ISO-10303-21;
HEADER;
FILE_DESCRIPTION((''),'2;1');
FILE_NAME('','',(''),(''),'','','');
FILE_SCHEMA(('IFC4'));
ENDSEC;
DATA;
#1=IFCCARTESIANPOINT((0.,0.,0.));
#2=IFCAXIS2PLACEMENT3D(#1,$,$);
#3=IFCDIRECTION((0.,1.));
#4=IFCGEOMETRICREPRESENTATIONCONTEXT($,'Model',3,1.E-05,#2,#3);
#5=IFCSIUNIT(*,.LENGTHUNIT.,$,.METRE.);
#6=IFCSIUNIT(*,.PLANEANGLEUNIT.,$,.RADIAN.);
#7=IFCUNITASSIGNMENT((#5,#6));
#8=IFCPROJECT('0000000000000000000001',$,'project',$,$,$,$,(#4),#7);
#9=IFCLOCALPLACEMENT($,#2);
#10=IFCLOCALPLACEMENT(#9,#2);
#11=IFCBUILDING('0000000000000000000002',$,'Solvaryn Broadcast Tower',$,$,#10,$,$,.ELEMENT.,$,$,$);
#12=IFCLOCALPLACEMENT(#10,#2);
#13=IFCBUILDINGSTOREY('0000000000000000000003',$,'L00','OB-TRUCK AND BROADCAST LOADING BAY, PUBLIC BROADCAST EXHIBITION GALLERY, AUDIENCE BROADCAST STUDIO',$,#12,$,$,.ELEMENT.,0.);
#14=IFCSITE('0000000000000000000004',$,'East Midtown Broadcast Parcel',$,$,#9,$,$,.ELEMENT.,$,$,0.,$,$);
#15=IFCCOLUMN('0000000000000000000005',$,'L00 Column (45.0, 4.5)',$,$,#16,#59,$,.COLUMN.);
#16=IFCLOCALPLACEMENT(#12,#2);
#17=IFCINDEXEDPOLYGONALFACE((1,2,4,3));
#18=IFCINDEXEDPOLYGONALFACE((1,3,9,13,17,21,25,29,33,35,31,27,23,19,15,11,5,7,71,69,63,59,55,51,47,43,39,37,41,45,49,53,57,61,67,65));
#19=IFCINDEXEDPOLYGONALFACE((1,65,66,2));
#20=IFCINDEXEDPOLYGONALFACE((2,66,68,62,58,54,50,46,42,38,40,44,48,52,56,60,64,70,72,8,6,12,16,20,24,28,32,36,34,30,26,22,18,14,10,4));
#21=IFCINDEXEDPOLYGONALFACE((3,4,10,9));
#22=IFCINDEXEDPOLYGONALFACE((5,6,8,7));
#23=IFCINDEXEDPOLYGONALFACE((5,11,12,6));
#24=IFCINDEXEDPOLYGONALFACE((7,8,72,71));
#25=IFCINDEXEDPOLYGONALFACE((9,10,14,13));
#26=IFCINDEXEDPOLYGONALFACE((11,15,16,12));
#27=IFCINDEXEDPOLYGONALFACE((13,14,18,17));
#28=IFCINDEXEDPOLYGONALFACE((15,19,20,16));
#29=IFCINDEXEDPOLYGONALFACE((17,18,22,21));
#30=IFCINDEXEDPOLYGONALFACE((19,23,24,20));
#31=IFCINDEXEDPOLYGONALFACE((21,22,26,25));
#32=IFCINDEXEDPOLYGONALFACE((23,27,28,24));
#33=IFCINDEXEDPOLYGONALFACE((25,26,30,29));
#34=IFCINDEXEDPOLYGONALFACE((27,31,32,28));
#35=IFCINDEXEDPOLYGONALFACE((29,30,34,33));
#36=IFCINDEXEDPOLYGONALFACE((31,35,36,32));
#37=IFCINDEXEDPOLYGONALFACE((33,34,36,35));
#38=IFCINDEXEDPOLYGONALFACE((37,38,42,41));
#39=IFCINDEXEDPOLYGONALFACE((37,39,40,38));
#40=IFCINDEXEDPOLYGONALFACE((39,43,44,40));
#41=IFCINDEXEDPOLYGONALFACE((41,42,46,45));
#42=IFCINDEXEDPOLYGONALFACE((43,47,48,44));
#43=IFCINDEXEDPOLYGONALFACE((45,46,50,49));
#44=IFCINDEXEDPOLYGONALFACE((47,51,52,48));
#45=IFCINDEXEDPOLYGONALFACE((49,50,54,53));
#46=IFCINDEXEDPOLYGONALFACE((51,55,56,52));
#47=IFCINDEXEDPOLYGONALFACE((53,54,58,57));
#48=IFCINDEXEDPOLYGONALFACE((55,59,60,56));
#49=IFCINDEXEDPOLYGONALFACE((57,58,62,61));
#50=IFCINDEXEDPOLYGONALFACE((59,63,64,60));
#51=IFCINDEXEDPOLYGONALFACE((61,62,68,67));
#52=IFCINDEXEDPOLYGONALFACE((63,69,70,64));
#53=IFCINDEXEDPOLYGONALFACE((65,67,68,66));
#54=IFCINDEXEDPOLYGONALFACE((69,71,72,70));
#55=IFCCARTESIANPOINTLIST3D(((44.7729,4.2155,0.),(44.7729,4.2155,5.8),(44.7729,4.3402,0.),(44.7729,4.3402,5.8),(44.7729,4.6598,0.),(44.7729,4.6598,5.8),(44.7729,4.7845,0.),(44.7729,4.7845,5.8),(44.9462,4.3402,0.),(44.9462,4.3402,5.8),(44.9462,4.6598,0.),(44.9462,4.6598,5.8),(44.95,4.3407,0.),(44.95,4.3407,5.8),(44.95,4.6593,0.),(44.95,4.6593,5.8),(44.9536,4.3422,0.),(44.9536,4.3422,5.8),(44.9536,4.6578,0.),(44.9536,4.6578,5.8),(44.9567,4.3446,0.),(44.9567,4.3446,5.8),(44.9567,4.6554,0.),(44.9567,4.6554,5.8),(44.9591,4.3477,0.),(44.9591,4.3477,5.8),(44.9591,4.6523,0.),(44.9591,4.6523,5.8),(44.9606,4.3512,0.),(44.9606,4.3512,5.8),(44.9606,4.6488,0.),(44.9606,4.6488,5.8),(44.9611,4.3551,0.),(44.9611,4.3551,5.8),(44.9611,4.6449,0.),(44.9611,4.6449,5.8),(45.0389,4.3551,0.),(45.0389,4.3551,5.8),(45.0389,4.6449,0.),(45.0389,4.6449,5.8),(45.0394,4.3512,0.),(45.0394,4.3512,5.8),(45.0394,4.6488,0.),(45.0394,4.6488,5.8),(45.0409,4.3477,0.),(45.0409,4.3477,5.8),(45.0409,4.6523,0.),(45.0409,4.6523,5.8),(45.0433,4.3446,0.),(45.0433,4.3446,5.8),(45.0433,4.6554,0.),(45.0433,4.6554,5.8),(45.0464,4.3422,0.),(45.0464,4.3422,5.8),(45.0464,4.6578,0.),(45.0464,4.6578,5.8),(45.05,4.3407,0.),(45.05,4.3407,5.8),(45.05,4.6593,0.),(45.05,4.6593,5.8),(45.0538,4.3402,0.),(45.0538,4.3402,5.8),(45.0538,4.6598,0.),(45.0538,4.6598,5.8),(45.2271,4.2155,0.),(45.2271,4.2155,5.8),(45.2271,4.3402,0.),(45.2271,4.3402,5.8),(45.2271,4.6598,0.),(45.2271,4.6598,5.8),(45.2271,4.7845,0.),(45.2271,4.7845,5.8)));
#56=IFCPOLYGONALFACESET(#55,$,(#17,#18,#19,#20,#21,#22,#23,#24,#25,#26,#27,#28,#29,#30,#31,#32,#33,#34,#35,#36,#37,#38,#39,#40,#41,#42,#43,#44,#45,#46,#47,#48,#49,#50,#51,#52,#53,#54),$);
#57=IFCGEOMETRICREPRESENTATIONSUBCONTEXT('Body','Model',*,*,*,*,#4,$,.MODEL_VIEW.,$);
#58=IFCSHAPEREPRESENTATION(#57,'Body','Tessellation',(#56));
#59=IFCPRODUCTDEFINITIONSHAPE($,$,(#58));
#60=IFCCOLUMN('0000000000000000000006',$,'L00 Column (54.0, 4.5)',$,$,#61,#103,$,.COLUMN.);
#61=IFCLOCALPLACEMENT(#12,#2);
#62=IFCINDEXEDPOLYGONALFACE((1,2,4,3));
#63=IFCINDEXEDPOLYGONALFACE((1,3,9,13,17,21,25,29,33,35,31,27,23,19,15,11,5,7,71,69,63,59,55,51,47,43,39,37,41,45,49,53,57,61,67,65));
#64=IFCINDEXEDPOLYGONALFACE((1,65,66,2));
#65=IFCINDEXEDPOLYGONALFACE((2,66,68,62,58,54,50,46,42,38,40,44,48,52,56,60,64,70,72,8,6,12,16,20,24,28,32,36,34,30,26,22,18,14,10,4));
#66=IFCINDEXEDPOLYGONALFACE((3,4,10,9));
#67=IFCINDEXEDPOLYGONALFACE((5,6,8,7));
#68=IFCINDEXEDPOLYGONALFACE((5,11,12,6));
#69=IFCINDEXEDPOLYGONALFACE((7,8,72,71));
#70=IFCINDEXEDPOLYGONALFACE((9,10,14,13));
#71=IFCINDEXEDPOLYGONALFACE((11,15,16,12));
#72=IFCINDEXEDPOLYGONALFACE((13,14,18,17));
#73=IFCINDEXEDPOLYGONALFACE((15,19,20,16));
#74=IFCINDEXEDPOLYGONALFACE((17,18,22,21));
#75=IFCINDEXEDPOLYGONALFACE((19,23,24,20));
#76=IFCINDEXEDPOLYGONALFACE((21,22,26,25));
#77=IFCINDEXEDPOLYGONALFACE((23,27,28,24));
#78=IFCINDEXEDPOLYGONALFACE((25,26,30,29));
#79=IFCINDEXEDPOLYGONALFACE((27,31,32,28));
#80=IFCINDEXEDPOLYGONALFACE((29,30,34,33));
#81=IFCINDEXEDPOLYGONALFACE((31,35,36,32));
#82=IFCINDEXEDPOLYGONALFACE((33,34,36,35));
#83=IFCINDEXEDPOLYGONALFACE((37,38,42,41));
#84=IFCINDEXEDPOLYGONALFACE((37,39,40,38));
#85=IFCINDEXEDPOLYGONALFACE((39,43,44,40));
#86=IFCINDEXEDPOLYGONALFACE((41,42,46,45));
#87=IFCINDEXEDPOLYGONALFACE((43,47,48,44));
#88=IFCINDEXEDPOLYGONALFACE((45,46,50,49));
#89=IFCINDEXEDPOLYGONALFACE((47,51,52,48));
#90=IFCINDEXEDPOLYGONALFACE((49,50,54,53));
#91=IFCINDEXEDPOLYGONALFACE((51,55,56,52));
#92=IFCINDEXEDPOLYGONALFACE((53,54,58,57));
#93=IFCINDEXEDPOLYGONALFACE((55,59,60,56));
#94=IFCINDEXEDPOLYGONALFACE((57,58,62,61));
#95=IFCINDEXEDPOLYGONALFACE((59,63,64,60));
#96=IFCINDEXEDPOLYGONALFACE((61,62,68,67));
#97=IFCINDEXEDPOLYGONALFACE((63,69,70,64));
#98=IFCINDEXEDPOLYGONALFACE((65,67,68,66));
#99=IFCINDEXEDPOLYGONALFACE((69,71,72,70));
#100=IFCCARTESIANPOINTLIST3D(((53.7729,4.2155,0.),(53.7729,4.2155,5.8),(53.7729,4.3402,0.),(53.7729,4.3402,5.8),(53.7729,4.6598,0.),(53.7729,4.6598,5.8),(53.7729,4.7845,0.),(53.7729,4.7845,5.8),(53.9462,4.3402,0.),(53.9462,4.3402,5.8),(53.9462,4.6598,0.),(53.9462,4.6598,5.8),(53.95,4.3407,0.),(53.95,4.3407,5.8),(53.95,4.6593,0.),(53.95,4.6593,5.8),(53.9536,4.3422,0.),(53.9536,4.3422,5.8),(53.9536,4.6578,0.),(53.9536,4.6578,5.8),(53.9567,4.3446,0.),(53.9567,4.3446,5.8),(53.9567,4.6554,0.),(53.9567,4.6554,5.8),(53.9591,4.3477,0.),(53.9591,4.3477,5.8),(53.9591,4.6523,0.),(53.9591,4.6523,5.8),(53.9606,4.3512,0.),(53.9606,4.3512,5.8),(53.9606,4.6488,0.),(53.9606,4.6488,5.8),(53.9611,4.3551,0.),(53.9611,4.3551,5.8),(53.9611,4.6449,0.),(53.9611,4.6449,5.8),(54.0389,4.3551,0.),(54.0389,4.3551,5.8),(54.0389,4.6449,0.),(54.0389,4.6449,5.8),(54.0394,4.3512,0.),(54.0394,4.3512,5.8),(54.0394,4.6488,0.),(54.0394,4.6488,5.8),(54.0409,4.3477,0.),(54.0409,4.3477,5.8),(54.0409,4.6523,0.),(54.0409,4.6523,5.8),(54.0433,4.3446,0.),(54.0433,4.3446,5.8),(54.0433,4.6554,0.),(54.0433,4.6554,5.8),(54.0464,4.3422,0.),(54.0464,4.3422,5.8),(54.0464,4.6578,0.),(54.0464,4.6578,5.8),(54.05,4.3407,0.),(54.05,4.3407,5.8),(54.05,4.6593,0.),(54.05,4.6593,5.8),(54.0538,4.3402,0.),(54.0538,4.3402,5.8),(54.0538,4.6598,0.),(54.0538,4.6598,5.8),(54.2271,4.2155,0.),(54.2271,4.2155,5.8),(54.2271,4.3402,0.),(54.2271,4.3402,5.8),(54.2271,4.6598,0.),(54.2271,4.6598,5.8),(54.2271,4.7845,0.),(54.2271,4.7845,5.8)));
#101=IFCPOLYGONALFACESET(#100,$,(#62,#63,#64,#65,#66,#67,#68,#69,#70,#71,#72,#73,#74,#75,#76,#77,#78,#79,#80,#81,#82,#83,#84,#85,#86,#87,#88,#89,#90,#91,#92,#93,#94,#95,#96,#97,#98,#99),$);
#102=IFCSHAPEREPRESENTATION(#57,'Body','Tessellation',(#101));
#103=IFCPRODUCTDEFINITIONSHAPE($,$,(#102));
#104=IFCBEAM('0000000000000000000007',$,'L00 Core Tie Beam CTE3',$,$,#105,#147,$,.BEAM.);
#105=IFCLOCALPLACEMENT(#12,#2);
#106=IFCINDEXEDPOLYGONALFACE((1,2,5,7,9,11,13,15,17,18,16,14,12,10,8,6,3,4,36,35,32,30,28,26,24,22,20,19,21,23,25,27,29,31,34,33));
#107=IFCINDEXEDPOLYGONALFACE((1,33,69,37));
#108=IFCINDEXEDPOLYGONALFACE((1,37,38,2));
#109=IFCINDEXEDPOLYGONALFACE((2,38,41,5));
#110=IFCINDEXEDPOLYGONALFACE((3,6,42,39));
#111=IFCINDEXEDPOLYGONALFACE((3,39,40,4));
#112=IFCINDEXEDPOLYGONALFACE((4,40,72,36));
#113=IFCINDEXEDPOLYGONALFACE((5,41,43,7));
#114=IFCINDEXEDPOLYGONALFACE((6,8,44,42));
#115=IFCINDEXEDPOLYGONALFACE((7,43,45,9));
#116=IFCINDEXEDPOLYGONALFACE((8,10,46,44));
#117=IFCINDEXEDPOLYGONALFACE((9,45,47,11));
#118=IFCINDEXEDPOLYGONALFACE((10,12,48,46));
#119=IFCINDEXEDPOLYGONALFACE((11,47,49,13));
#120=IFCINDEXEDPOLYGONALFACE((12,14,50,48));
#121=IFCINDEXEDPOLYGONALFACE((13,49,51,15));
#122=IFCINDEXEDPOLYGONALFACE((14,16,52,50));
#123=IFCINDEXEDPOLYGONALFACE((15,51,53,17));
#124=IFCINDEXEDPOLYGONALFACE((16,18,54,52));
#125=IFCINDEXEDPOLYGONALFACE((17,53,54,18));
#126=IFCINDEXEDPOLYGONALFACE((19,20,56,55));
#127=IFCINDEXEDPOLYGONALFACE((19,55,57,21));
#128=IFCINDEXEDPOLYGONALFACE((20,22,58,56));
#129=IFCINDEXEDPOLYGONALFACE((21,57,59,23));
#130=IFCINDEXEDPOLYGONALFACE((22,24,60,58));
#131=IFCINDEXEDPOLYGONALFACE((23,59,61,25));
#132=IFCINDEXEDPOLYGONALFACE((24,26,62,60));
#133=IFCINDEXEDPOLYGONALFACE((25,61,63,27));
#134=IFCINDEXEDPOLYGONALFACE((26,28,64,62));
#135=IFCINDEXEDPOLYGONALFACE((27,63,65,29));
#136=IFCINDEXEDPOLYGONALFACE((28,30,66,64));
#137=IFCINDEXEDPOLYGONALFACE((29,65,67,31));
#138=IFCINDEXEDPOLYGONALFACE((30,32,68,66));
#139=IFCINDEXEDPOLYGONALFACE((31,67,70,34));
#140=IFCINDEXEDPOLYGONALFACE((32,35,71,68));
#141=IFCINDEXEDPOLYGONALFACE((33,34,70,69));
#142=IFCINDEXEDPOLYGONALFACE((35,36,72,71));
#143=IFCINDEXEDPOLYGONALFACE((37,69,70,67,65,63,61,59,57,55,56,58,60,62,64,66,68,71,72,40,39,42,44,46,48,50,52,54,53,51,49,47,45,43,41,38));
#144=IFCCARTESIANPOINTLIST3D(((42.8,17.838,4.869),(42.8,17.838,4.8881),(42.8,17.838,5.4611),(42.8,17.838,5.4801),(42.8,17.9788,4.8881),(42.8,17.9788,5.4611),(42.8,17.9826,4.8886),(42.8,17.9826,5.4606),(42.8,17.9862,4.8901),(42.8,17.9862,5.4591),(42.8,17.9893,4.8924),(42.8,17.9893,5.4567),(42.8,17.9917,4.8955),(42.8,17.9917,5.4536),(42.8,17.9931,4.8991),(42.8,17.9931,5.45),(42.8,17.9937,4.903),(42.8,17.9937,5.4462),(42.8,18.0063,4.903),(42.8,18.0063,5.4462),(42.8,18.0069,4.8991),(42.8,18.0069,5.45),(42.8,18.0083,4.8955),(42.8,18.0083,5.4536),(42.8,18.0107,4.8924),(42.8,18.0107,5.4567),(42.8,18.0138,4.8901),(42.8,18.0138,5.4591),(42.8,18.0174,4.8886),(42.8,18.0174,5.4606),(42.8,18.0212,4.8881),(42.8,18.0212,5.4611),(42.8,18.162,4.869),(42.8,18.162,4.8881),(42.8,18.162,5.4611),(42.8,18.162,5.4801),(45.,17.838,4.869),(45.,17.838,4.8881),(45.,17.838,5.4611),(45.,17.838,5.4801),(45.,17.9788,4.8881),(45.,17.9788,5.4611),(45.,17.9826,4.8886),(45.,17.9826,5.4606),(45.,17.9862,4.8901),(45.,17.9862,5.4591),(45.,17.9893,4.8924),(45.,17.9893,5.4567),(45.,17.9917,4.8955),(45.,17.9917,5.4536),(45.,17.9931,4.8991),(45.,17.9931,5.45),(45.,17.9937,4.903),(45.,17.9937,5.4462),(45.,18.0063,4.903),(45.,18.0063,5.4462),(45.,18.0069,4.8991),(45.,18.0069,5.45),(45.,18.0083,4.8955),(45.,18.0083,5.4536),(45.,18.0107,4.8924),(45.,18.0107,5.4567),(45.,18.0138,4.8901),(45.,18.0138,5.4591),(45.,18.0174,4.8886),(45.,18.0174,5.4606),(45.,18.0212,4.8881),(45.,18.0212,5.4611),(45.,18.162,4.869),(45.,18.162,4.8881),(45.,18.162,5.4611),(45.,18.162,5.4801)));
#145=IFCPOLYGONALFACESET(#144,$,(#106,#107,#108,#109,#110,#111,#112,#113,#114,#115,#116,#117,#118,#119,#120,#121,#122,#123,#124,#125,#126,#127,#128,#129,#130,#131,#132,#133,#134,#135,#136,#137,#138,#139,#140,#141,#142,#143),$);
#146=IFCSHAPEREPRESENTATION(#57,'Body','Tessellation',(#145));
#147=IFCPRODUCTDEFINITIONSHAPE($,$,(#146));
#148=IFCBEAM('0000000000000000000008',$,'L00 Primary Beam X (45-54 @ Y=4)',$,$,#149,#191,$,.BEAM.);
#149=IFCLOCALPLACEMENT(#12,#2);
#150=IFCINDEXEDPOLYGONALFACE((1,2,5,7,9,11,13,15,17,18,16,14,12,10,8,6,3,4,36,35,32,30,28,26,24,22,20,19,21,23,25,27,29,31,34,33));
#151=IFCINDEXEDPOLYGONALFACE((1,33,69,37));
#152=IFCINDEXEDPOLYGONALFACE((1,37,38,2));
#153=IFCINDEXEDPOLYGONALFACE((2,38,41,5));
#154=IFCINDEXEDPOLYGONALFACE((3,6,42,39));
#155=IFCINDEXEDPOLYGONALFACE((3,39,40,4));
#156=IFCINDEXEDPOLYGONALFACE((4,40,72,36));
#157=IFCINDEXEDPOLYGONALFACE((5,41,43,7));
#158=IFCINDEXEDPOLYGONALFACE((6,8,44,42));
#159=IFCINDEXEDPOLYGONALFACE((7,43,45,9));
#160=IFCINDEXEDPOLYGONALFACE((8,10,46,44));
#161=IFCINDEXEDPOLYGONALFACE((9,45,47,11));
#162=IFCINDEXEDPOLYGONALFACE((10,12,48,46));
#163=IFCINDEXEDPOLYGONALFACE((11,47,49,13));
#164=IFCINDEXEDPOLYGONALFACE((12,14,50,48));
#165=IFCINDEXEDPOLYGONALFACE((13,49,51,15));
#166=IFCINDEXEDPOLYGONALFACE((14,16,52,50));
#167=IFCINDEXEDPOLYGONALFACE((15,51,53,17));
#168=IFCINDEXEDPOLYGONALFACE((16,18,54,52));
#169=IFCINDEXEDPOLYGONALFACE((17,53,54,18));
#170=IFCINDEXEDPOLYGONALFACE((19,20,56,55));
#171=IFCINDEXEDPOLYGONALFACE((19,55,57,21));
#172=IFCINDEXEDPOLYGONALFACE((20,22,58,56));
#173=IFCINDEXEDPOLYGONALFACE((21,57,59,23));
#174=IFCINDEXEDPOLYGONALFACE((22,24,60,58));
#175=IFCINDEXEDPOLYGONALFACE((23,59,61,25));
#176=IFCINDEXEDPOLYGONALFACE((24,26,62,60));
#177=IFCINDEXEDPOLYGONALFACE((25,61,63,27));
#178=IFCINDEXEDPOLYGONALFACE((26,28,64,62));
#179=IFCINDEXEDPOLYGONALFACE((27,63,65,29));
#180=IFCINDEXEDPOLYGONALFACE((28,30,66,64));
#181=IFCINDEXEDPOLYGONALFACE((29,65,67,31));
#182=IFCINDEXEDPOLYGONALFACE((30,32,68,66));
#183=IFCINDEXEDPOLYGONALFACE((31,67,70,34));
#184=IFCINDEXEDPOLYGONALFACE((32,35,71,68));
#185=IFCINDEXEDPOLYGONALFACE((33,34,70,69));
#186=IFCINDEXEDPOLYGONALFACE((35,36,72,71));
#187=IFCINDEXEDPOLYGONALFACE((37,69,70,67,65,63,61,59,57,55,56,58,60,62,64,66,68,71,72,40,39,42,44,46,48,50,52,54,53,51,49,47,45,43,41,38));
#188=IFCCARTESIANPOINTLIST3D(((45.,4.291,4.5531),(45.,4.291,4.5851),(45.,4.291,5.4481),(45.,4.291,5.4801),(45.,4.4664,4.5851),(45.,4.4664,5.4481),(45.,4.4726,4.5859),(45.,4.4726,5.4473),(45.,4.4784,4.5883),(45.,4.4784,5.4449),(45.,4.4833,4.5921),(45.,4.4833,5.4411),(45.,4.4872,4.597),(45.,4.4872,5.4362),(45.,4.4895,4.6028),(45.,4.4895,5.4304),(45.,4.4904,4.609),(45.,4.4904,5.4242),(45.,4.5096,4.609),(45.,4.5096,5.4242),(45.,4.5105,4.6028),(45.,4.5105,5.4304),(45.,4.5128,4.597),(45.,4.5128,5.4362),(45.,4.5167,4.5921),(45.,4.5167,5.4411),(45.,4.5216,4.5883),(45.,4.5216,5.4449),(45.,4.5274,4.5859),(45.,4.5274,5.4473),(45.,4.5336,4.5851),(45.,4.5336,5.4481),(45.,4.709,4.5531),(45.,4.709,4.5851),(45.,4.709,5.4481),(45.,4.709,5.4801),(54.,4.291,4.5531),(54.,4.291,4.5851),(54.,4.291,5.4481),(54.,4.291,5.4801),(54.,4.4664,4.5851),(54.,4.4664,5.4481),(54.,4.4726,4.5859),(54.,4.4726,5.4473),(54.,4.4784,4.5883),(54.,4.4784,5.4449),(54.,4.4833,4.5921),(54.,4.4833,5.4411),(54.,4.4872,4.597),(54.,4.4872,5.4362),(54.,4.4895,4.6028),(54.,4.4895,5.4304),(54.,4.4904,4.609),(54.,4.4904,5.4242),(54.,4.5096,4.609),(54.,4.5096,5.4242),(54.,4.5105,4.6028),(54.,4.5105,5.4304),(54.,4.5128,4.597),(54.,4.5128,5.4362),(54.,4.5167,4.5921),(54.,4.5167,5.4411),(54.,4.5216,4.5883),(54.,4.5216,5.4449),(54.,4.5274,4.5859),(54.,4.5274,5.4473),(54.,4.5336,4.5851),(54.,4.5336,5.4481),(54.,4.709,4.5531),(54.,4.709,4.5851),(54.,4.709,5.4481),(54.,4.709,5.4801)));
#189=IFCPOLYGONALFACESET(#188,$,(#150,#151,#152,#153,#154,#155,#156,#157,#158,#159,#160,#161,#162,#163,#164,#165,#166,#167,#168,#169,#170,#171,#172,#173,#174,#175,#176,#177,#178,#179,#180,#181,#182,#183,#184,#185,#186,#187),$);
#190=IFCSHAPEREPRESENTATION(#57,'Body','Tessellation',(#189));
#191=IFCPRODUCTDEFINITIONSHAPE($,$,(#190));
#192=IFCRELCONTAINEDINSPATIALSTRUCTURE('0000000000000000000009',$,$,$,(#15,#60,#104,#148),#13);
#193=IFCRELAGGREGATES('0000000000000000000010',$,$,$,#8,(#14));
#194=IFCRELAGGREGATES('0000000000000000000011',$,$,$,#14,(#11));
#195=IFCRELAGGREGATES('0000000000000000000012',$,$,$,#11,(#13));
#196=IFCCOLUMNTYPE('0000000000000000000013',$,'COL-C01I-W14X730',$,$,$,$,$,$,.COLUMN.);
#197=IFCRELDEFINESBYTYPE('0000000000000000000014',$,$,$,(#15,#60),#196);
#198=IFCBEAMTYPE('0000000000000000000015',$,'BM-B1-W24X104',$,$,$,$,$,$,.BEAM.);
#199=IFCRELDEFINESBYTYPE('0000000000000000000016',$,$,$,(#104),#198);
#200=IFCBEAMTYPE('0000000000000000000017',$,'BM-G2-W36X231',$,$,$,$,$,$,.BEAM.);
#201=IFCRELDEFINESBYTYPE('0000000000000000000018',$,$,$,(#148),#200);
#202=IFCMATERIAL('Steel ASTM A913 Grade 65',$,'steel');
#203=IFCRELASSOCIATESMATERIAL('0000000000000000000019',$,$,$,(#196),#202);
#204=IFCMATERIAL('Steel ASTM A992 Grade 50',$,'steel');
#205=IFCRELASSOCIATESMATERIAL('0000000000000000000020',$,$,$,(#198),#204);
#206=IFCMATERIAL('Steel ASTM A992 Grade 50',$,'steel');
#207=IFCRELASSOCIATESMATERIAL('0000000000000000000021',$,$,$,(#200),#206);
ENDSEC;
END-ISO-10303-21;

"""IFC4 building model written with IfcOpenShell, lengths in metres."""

from ifc_helpers import new_model, si_unit, direction, frame, origin, origin_2d, place, context, subcontext, project, spatial, i_section, extrude, material, material_profile, profile_set, type_object, element, save


model = new_model("IFC4")

# Units and contexts
model_context = context("Model", 3, precision=1e-05, world=origin(), true_north=direction((0.0, 1.0)))
body_context = subcontext(model_context, "Body", "Model", "MODEL_VIEW")
ifc_project = project(units=[si_unit("LENGTHUNIT", "METRE"), si_unit("PLANEANGLEUNIT", "RADIAN")], contexts=[model_context])

# Site, building, storey
site_placement = place(None, origin())
site = spatial("IfcSite", under=ifc_project, at=site_placement, Name="East Midtown Broadcast Parcel", CompositionType="ELEMENT", RefElevation=0.0)
building_placement = place(site_placement, origin())
building = spatial("IfcBuilding", under=site, at=building_placement, Name="Solvaryn Broadcast Tower", CompositionType="ELEMENT")
storey_placement = place(building_placement, origin())
storey = spatial("IfcBuildingStorey", under=building, at=storey_placement, Name="L00", Description="OB-TRUCK AND BROADCAST LOADING BAY, PUBLIC BROADCAST EXHIBITION GALLERY, AUDIENCE BROADCAST STUDIO", CompositionType="ELEMENT", Elevation=0.0)

# Columns
ifc_material_1 = material(Name="Steel ASTM A913 Grade 65", Category="steel")
ifc_material_profile_1 = material_profile(ifc_material_1, i_section(OverallWidth=0.4541, OverallDepth=0.5691, WebThickness=0.0779, FlangeThickness=0.1248, FilletRadius=0.0149, at=origin_2d()))
ifc_profile_set_1 = profile_set([ifc_material_profile_1], Name="Steel ASTM A913 Grade 65")
column_type_1 = type_object("IfcColumnType", Name="COL-C01I-W14X730", PredefinedType="COLUMN", material=ifc_profile_set_1)
for number, where, z_axis, x_axis, name in (
    (1, (45.0, 4.5, 0.0), (0.0, 0.0, 1.0), (1.0, 0.0, 0.0), "L00 Column (45.0, 4.5)"),
    (2, (54.0, 4.5, 0.0), (0.0, 0.0, 1.0), (1.0, 0.0, 0.0), "L00 Column (54.0, 4.5)"),
):
    element("IfcColumn", number, at=place(storey_placement, frame(where, z_axis=z_axis, x_axis=x_axis)), inside=storey, type_object=column_type_1, Name=name, PredefinedType="COLUMN", context=body_context, shape_type="SweptSolid", body=[
        extrude(i_section(OverallWidth=0.4541, OverallDepth=0.5691, WebThickness=0.0779, FlangeThickness=0.1248, FilletRadius=0.0149, at=origin_2d()), origin(), (0.0, 0.0, 1.0), 5.8),
    ])

# Beams
ifc_material_2 = material(Name="Steel ASTM A992 Grade 50", Category="steel")
ifc_material_profile_2 = material_profile(ifc_material_2, i_section(OverallWidth=0.324, OverallDepth=0.6111, WebThickness=0.0127, FlangeThickness=0.019, FilletRadius=0.0149, at=origin_2d()))
ifc_profile_set_2 = profile_set([ifc_material_profile_2], Name="Steel ASTM A992 Grade 50")
beam_type_1 = type_object("IfcBeamType", Name="BM-B1-W24X104", PredefinedType="BEAM", material=ifc_profile_set_2)
beam_1_placement = place(storey_placement, frame((42.8, 18.0, 5.1746), z_axis=(1.0, 0.0, 0.0), x_axis=(0.0, 1.0, 0.0)))
element("IfcBeam", 3, at=beam_1_placement, inside=storey, type_object=beam_type_1, Name="L00 Core Tie Beam CTE3", PredefinedType="BEAM", context=body_context, shape_type="SweptSolid", body=[
    extrude(i_section(OverallWidth=0.324, OverallDepth=0.6111, WebThickness=0.0127, FlangeThickness=0.019, FilletRadius=0.0149, at=origin_2d()), origin(), (0.0, 0.0, 1.0), 2.2),
])
ifc_material_3 = material(Name="Steel ASTM A992 Grade 50", Category="steel")
ifc_material_profile_3 = material_profile(ifc_material_3, i_section(OverallWidth=0.418, OverallDepth=0.927, WebThickness=0.0193, FlangeThickness=0.032, FilletRadius=0.0239, at=origin_2d()))
ifc_profile_set_3 = profile_set([ifc_material_profile_3], Name="Steel ASTM A992 Grade 50")
beam_type_2 = type_object("IfcBeamType", Name="BM-G2-W36X231", PredefinedType="BEAM", material=ifc_profile_set_3)
for number, where, z_axis, x_axis, name in (
    (4, (45.0, 4.5, 5.0166), (1.0, 0.0, 0.0), (0.0, 1.0, 0.0), "L00 Primary Beam X (45-54 @ Y=4)"),
):
    element("IfcBeam", number, at=place(storey_placement, frame(where, z_axis=z_axis, x_axis=x_axis)), inside=storey, type_object=beam_type_2, Name=name, PredefinedType="BEAM", context=body_context, shape_type="SweptSolid", body=[
        extrude(i_section(OverallWidth=0.418, OverallDepth=0.927, WebThickness=0.0193, FlangeThickness=0.032, FilletRadius=0.0239, at=origin_2d()), origin(), (0.0, 0.0, 1.0), 9.0),
    ])

save(model, "model.ifc")
